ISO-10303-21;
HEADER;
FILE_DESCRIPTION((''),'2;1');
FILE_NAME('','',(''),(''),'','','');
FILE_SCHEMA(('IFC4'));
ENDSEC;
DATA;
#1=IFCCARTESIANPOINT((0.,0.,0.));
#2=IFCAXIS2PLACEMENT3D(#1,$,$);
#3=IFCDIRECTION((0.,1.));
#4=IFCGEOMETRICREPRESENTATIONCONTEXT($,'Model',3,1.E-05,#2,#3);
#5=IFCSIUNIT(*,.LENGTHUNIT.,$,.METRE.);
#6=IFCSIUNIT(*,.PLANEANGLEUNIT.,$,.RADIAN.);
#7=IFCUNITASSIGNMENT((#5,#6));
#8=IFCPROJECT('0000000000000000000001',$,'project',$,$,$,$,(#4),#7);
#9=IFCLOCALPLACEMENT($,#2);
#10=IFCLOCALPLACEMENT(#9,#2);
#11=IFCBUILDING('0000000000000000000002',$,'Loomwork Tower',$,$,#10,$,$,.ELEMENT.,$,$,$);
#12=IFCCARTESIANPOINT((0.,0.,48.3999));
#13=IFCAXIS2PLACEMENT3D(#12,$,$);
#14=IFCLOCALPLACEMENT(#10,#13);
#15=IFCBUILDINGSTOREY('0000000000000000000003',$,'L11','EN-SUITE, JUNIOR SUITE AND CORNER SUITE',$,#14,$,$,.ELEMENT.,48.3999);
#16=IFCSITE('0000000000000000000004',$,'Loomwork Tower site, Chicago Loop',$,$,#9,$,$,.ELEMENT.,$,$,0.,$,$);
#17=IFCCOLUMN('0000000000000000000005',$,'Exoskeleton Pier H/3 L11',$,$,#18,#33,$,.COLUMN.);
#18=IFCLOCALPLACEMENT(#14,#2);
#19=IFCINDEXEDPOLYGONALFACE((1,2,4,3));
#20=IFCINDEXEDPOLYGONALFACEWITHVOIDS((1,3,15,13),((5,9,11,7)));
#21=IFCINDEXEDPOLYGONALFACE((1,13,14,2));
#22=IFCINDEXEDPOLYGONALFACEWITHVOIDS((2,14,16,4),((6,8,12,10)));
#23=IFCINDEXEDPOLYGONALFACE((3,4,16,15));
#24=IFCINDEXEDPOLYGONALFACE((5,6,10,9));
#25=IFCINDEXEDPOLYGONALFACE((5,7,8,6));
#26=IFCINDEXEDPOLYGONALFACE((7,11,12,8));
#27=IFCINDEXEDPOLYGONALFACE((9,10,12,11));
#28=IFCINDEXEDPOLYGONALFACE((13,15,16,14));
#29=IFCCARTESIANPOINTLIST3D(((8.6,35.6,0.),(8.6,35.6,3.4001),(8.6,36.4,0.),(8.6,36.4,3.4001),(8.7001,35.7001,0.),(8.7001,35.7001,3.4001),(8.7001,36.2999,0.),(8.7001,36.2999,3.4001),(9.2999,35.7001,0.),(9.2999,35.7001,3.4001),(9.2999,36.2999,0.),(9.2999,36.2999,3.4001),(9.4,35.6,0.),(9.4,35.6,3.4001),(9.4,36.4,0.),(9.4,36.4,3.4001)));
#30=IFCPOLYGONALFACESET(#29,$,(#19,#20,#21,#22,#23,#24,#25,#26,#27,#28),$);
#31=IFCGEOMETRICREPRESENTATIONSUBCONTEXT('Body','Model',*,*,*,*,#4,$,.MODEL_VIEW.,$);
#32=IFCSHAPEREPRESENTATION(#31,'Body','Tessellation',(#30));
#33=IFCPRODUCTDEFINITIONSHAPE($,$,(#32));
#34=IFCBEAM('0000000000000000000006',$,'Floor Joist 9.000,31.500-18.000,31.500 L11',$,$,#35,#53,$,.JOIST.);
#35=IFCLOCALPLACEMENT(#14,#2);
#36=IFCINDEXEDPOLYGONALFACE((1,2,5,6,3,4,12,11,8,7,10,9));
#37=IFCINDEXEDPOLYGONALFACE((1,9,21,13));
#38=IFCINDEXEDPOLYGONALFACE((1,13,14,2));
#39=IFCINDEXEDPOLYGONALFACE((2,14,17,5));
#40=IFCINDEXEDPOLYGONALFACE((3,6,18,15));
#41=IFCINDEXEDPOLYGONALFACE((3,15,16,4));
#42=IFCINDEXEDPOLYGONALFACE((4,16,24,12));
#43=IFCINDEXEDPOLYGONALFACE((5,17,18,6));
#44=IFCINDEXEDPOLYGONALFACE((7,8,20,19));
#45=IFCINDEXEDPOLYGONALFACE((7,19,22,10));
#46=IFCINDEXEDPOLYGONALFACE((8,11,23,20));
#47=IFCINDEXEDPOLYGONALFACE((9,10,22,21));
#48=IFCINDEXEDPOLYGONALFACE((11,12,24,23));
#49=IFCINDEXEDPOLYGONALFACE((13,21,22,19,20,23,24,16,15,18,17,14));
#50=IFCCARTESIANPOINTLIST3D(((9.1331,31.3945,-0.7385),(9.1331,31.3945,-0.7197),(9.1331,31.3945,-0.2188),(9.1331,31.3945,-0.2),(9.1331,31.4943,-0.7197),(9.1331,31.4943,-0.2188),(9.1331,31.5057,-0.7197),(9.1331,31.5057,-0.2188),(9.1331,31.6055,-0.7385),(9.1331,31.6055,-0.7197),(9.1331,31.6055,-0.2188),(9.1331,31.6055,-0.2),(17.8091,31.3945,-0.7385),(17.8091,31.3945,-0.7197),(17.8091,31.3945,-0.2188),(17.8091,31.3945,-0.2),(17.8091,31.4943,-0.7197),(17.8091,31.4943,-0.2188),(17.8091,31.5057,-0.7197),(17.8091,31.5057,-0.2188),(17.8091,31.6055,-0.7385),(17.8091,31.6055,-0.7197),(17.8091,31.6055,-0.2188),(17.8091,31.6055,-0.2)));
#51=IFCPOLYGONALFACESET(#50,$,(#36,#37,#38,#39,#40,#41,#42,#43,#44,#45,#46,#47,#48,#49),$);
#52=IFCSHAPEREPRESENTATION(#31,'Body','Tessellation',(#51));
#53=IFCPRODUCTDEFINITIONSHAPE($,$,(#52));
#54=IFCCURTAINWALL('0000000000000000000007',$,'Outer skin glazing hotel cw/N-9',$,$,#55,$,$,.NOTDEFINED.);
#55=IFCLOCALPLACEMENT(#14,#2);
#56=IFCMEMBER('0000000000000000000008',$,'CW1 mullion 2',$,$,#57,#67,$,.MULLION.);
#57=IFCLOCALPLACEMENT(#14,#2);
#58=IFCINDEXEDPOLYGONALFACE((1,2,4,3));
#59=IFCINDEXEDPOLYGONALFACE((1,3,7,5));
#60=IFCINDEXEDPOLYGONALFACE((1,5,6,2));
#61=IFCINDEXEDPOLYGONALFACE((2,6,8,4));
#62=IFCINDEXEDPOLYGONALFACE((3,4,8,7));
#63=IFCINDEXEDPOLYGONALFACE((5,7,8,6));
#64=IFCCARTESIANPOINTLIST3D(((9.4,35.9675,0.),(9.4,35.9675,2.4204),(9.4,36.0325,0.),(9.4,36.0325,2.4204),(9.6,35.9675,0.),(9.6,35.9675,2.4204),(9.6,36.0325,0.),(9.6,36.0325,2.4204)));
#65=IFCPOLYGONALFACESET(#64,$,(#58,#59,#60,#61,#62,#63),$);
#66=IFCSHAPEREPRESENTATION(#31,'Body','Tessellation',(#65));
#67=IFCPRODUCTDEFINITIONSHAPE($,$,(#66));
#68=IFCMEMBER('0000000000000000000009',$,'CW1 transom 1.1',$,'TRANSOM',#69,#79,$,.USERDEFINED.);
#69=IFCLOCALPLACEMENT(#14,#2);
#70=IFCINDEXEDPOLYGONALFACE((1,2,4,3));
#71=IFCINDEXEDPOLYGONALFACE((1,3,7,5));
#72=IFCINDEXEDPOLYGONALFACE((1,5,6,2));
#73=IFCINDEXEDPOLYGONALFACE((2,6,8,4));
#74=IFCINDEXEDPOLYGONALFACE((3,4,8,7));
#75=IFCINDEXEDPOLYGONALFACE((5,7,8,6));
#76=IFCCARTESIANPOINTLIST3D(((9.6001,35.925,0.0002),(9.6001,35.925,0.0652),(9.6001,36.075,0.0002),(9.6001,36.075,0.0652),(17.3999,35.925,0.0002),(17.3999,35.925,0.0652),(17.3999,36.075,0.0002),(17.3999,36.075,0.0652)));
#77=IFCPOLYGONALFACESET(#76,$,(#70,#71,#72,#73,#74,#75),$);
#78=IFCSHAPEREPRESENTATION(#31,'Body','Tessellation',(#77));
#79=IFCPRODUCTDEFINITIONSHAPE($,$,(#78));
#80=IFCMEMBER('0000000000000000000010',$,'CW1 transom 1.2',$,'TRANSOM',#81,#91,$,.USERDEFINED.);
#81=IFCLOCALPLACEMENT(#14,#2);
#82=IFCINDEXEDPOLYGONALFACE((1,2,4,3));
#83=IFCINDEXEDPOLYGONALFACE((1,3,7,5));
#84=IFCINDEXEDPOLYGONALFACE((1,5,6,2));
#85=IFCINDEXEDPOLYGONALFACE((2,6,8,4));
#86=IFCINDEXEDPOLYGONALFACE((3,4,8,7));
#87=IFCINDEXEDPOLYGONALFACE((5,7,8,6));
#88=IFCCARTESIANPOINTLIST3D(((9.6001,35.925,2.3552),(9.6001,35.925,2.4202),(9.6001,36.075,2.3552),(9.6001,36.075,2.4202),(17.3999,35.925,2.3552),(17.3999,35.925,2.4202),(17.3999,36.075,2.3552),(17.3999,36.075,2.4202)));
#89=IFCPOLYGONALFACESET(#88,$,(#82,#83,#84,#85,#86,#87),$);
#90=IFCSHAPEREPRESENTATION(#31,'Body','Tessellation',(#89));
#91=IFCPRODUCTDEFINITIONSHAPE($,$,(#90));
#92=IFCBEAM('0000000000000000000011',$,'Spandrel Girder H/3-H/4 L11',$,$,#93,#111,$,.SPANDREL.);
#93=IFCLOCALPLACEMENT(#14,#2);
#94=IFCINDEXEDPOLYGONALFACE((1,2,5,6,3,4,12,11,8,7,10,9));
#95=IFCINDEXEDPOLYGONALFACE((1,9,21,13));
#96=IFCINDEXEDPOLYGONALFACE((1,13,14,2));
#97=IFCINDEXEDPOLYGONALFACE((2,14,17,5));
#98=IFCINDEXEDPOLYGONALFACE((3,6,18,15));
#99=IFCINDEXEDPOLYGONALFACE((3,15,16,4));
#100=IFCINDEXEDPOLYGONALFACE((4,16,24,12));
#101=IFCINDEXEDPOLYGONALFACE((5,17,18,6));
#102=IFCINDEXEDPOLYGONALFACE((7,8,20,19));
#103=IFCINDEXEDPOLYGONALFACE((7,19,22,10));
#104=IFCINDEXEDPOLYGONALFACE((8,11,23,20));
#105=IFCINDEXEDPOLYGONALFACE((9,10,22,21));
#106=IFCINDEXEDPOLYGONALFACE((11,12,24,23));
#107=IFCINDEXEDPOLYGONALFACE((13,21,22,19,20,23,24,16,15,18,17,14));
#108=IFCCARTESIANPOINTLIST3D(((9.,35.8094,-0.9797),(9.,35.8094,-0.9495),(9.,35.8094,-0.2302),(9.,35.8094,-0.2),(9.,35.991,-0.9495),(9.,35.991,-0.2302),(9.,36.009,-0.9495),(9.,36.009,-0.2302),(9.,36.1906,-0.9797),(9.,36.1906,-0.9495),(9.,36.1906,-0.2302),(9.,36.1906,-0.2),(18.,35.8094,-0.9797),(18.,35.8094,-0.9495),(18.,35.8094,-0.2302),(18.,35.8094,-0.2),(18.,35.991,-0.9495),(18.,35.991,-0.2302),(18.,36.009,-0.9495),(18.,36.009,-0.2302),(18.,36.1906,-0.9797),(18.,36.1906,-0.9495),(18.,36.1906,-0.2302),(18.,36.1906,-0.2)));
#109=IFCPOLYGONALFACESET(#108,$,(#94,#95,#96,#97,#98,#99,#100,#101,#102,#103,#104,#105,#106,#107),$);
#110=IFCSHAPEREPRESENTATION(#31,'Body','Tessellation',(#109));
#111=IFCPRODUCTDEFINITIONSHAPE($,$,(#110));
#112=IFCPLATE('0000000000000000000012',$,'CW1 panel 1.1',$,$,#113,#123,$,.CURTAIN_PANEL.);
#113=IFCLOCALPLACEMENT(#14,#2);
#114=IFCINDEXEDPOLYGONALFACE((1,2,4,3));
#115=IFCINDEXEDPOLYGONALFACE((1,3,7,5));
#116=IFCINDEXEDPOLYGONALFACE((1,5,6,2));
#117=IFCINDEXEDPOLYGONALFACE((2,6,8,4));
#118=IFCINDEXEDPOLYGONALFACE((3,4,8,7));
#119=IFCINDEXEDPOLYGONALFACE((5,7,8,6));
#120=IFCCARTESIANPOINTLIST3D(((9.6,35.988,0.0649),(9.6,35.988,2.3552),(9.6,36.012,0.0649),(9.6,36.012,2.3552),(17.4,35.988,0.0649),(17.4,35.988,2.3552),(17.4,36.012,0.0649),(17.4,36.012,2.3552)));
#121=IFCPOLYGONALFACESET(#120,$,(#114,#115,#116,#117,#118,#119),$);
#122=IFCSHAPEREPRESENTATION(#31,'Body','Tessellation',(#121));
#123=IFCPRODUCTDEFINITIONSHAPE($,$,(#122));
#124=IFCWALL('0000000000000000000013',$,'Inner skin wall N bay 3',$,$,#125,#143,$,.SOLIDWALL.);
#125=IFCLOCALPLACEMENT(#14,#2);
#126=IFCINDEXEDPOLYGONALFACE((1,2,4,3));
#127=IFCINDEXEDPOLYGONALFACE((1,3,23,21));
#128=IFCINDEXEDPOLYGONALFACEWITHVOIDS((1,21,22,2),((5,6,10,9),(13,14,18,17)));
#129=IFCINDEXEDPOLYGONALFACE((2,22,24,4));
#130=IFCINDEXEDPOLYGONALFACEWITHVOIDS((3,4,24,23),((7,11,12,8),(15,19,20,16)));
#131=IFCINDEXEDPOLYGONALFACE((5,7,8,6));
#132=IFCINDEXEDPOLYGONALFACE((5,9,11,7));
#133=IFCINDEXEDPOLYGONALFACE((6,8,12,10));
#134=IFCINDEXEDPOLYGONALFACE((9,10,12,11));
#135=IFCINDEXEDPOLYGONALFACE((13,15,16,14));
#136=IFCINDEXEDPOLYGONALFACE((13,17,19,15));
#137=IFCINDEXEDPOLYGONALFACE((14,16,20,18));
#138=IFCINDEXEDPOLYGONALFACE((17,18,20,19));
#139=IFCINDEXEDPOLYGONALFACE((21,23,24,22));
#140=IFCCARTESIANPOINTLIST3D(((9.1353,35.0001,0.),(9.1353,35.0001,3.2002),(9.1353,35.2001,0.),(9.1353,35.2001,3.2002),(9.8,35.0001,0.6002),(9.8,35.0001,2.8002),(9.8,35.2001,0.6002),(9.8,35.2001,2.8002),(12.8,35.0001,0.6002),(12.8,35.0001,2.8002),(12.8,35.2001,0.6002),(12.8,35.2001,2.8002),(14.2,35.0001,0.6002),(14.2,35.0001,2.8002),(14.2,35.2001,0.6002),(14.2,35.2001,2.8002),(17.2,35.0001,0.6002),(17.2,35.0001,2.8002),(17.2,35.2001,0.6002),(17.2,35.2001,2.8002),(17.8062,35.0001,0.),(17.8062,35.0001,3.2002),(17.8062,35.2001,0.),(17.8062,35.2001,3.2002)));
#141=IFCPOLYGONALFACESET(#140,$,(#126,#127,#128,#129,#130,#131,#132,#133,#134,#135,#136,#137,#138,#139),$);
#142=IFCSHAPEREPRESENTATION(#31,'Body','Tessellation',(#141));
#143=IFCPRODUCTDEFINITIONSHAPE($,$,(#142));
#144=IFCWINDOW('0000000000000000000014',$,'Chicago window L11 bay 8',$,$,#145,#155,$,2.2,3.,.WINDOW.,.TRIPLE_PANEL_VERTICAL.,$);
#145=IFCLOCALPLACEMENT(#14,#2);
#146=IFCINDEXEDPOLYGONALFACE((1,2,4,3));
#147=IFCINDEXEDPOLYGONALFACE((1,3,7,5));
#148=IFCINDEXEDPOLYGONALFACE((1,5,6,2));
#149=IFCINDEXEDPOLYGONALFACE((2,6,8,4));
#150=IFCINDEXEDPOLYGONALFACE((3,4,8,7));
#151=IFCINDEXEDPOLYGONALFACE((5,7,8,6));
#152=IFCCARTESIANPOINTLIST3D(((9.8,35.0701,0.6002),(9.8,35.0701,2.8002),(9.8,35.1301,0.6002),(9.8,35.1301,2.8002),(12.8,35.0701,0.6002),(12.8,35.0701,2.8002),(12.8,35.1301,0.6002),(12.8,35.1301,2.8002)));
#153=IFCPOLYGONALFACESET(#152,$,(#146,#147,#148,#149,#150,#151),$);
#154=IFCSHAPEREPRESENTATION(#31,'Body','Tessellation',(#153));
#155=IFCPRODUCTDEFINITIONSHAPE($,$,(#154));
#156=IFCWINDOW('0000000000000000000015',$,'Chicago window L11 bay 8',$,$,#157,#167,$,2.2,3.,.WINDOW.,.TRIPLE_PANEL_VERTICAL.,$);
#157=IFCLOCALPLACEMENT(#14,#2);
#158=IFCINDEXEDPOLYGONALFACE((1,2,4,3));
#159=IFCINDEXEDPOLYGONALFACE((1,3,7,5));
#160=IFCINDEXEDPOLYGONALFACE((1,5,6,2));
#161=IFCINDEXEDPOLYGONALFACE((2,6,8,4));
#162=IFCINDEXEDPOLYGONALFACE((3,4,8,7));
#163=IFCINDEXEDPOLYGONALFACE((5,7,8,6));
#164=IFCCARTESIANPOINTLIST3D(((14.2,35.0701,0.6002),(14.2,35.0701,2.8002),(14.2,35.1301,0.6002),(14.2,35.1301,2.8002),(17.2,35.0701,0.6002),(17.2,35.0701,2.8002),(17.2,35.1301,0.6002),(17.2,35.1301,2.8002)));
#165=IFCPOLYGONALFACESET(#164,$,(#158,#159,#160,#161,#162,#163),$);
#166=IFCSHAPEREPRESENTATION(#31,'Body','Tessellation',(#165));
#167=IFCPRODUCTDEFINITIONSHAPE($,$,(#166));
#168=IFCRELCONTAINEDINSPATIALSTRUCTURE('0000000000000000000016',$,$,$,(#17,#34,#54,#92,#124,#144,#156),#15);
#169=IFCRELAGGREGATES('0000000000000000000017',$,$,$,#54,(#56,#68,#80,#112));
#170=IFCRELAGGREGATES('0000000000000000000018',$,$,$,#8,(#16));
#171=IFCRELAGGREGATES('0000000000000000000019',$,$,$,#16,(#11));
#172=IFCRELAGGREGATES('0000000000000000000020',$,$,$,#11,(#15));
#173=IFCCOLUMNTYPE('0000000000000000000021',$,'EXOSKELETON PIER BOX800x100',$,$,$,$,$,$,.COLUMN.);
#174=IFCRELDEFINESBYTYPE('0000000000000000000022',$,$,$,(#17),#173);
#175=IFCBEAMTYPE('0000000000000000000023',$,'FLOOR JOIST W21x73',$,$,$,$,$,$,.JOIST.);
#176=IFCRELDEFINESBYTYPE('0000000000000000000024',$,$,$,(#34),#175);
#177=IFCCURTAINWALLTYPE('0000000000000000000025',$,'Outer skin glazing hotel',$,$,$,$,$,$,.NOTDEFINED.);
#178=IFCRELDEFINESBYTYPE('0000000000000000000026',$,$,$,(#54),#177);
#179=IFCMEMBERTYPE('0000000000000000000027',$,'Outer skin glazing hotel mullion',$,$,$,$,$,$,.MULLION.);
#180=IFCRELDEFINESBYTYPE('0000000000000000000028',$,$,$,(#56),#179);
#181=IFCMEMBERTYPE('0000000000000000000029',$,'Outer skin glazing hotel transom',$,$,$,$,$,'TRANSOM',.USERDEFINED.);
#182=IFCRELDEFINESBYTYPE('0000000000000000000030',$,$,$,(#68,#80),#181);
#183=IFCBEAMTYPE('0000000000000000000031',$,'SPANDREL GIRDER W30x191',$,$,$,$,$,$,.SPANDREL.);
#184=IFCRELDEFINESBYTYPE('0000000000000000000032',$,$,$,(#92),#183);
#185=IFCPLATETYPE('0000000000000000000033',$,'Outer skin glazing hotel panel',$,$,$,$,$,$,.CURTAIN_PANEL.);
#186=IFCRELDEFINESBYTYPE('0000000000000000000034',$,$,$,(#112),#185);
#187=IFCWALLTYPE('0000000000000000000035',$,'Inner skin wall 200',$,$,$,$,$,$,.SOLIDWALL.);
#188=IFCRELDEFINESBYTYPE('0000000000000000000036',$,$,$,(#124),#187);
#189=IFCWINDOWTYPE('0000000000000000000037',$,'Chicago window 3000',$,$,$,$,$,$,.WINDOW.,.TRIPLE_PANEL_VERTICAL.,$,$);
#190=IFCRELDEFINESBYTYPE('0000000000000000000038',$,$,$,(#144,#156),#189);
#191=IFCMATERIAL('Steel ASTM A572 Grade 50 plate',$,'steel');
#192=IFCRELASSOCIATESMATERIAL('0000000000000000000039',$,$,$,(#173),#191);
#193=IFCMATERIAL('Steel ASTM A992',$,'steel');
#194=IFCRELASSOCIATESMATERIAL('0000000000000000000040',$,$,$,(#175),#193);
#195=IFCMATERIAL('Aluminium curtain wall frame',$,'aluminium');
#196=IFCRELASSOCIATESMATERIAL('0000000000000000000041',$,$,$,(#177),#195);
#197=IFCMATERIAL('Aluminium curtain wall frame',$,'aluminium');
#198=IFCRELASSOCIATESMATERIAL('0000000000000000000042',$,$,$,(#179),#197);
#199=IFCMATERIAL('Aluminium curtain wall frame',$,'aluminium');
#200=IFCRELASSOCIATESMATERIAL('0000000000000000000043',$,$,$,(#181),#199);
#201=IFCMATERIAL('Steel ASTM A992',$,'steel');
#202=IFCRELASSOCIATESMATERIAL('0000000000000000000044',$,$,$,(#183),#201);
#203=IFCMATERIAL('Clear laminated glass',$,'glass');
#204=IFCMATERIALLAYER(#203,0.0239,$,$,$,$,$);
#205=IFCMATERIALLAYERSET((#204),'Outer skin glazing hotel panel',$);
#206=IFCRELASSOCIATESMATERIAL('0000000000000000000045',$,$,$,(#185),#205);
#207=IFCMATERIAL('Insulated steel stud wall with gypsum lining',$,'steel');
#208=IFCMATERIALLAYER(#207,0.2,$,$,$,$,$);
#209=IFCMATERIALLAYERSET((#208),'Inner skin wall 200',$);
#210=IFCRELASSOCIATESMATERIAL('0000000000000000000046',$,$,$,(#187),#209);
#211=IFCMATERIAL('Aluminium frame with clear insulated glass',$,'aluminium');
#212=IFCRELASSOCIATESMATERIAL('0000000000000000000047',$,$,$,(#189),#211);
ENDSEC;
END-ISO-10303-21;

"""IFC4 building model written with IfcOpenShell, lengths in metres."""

from ifc_helpers import new_model, si_unit, direction, frame, frame_2d, origin, origin_2d, place, context, subcontext, project, spatial, rectangle, hollow_rectangle, i_section, extrude, material, layer, layer_set, material_profile, profile_set, type_object, element, fill, aggregate, save


model = new_model("IFC4")

# Units and contexts
model_context = context("Model", 3, precision=1e-05, world=origin(), true_north=direction((0.0, 1.0)))
body_context = subcontext(model_context, "Body", "Model", "MODEL_VIEW")
ifc_project = project(units=[si_unit("LENGTHUNIT", "METRE"), si_unit("PLANEANGLEUNIT", "RADIAN")], contexts=[model_context])

# Site, building, storey
site_placement = place(None, origin())
site = spatial("IfcSite", under=ifc_project, at=site_placement, Name="Loomwork Tower site, Chicago Loop", CompositionType="ELEMENT", RefElevation=0.0)
building_placement = place(site_placement, origin())
building = spatial("IfcBuilding", under=site, at=building_placement, Name="Loomwork Tower", CompositionType="ELEMENT")
storey_placement = place(building_placement, frame((0.0, 0.0, 48.3999)))
storey = spatial("IfcBuildingStorey", under=building, at=storey_placement, Name="L11", Description="EN-SUITE, JUNIOR SUITE AND CORNER SUITE", CompositionType="ELEMENT", Elevation=48.3999)

# Column
ifc_material_1 = material(Name="Steel ASTM A572 Grade 50 plate", Category="steel")
ifc_material_profile_1 = material_profile(ifc_material_1, hollow_rectangle(XDim=0.8, YDim=0.8, WallThickness=0.1001, at=origin_2d()), Name="BOX800x100")
ifc_profile_set_1 = profile_set([ifc_material_profile_1], Name="Steel ASTM A572 Grade 50 plate")
column_type = type_object("IfcColumnType", Name="EXOSKELETON PIER BOX800x100", PredefinedType="COLUMN", material=ifc_profile_set_1)
column_placement = place(storey_placement, frame((9.0, 36.0, 0.0), z_axis=(0.0, 0.0, 1.0), x_axis=(1.0, 0.0, 0.0)))
element("IfcColumn", 1, at=column_placement, inside=storey, type_object=column_type, Name="Exoskeleton Pier H/3 L11", PredefinedType="COLUMN", context=body_context, shape_type="SweptSolid", body=[
    extrude(hollow_rectangle(XDim=0.8, YDim=0.8, WallThickness=0.1001, at=origin_2d()), origin(), (0.0, 0.0, 1.0), 3.4001),
])

# Beam
ifc_material_2 = material(Name="Steel ASTM A992", Category="steel")
ifc_material_profile_2 = material_profile(ifc_material_2, i_section(OverallWidth=0.2109, OverallDepth=0.5386, WebThickness=0.0115, FlangeThickness=0.0188, at=origin_2d()), Name="W21x73")
ifc_profile_set_2 = profile_set([ifc_material_profile_2], Name="Steel ASTM A992")
beam_type_1 = type_object("IfcBeamType", Name="FLOOR JOIST W21x73", PredefinedType="JOIST", material=ifc_profile_set_2)
beam_1_placement = place(storey_placement, frame((9.1331, 31.5, -0.4692), z_axis=(1.0, 0.0, 0.0), x_axis=(0.0, 1.0, 0.0)))
element("IfcBeam", 2, at=beam_1_placement, inside=storey, type_object=beam_type_1, Name="Floor Joist 9.000,31.500-18.000,31.500 L11", PredefinedType="JOIST", context=body_context, shape_type="SweptSolid", body=[
    extrude(i_section(OverallWidth=0.2109, OverallDepth=0.5386, WebThickness=0.0115, FlangeThickness=0.0188, at=origin_2d()), origin(), (0.0, 0.0, 1.0), 8.676),
])

# Curtain wall, members
ifc_material_3 = material(Name="Aluminium curtain wall frame", Category="aluminium")
curtain_wall_type = type_object("IfcCurtainWallType", Name="Outer skin glazing hotel", PredefinedType="NOTDEFINED", material=ifc_material_3)
curtain_wall_placement = place(storey_placement, origin())
curtain_wall = element("IfcCurtainWall", 3, at=curtain_wall_placement, inside=storey, type_object=curtain_wall_type, Name="Outer skin glazing hotel cw/N-9", PredefinedType="NOTDEFINED")
ifc_material_4 = material(Name="Aluminium curtain wall frame", Category="aluminium")
ifc_material_profile_3 = material_profile(ifc_material_4, rectangle(XDim=0.0649, YDim=0.2, at=origin_2d()), Name="AL 65x200")
ifc_profile_set_3 = profile_set([ifc_material_profile_3], Name="Aluminium curtain wall frame")
member_type_1 = type_object("IfcMemberType", Name="Outer skin glazing hotel mullion", PredefinedType="MULLION", material=ifc_profile_set_3)
member_1_placement = place(storey_placement, frame((9.5, 36.0, 0.0), z_axis=(0.0, 0.0, 1.0), x_axis=(0.0, -1.0, 0.0)))
member_1 = element("IfcMember", 4, at=member_1_placement, type_object=member_type_1, Name="CW1 mullion 2", PredefinedType="MULLION", context=body_context, shape_type="SweptSolid", body=[
    extrude(rectangle(XDim=0.0649, YDim=0.2, at=origin_2d()), origin(), (0.0, 0.0, 1.0), 2.4204),
])
ifc_material_5 = material(Name="Aluminium curtain wall frame", Category="aluminium")
ifc_material_profile_4 = material_profile(ifc_material_5, rectangle(XDim=0.1499, YDim=0.0649, at=origin_2d()), Name="AL 65x150")
ifc_profile_set_4 = profile_set([ifc_material_profile_4], Name="Aluminium curtain wall frame")
member_type_2 = type_object("IfcMemberType", Name="Outer skin glazing hotel transom", ElementType="TRANSOM", PredefinedType="USERDEFINED", material=ifc_profile_set_4)
member_2_placement = place(storey_placement, frame((17.3999, 36.0, 0.0327), z_axis=(-1.0, 0.0, 0.0), x_axis=(0.0, -1.0, 0.0)))
member_2 = element("IfcMember", 5, at=member_2_placement, type_object=member_type_2, Name="CW1 transom 1.1", ObjectType="TRANSOM", PredefinedType="USERDEFINED", context=body_context, shape_type="SweptSolid", body=[
    extrude(rectangle(XDim=0.1499, YDim=0.0649, at=origin_2d()), origin(), (0.0, 0.0, 1.0), 7.7998),
])
member_3_placement = place(storey_placement, frame((17.3999, 36.0, 2.3877), z_axis=(-1.0, 0.0, 0.0), x_axis=(0.0, -1.0, 0.0)))
member_3 = element("IfcMember", 6, at=member_3_placement, type_object=member_type_2, Name="CW1 transom 1.2", ObjectType="TRANSOM", PredefinedType="USERDEFINED", context=body_context, shape_type="SweptSolid", body=[
    extrude(rectangle(XDim=0.1499, YDim=0.0649, at=origin_2d()), origin(), (0.0, 0.0, 1.0), 7.7998),
])

# Beam
ifc_material_6 = material(Name="Steel ASTM A992", Category="steel")
ifc_material_profile_5 = material_profile(ifc_material_6, i_section(OverallWidth=0.3811, OverallDepth=0.7798, WebThickness=0.0181, FlangeThickness=0.0303, at=origin_2d()), Name="W30x191")
ifc_profile_set_5 = profile_set([ifc_material_profile_5], Name="Steel ASTM A992")
beam_type_2 = type_object("IfcBeamType", Name="SPANDREL GIRDER W30x191", PredefinedType="SPANDREL", material=ifc_profile_set_5)
beam_2_placement = place(storey_placement, frame((9.0, 36.0, -0.5898), z_axis=(1.0, 0.0, 0.0), x_axis=(0.0, 1.0, 0.0)))
element("IfcBeam", 7, at=beam_2_placement, inside=storey, type_object=beam_type_2, Name="Spandrel Girder H/3-H/4 L11", PredefinedType="SPANDREL", context=body_context, shape_type="SweptSolid", body=[
    extrude(i_section(OverallWidth=0.3811, OverallDepth=0.7798, WebThickness=0.0181, FlangeThickness=0.0303, at=origin_2d()), origin(), (0.0, 0.0, 1.0), 9.0),
])

# Plate
ifc_material_7 = material(Name="Clear laminated glass", Category="glass")
ifc_layer_1 = layer(ifc_material_7, 0.0239)
ifc_layer_set_1 = layer_set([ifc_layer_1], Name="Outer skin glazing hotel panel")
plate_type = type_object("IfcPlateType", Name="Outer skin glazing hotel panel", PredefinedType="CURTAIN_PANEL", material=ifc_layer_set_1)
plate_placement = place(storey_placement, frame((13.5, 36.0, 0.0649), z_axis=(0.0, 0.0, 1.0), x_axis=(-1.0, 0.0, 0.0)))
plate = element("IfcPlate", 8, at=plate_placement, type_object=plate_type, Name="CW1 panel 1.1", PredefinedType="CURTAIN_PANEL", context=body_context, shape_type="SweptSolid", body=[
    extrude(rectangle(XDim=7.8, YDim=0.0239, at=origin_2d()), origin(), (0.0, 0.0, 1.0), 2.2903),
])
aggregate(curtain_wall, [member_1, member_2, member_3, plate])

# Wall, openings, windows
ifc_material_8 = material(Name="Insulated steel stud wall with gypsum lining", Category="steel")
ifc_layer_2 = layer(ifc_material_8, 0.2)
ifc_layer_set_2 = layer_set([ifc_layer_2], Name="Inner skin wall 200")
wall_type = type_object("IfcWallType", Name="Inner skin wall 200", PredefinedType="SOLIDWALL", material=ifc_layer_set_2)
wall_placement = place(storey_placement, frame((9.1353, 35.1001, 0.0), z_axis=(0.0, 0.0, 1.0), x_axis=(1.0, 0.0, 0.0)))
wall = element("IfcWall", 9, at=wall_placement, inside=storey, type_object=wall_type, Name="Inner skin wall N bay 3", PredefinedType="SOLIDWALL", context=body_context, shape_type="SweptSolid", body=[
    extrude(rectangle(XDim=8.6709, YDim=0.2, at=frame_2d((4.3354, 0.0))), origin(), (0.0, 0.0, 1.0), 3.2002),
])
opening_1_placement = place(wall_placement, frame((0.6648, 0.0, 0.6001)))
opening_1 = element("IfcOpeningElement", 10, at=opening_1_placement, cuts=wall, PredefinedType="OPENING", context=body_context, shape_type="SweptSolid", body=[
    extrude(rectangle(XDim=3.0, YDim=2.2, at=frame_2d((1.5, 1.1001))), frame((0.0, 0.1099, 0.0), z_axis=(0.0, -1.0, 0.0), x_axis=(1.0, 0.0, 0.0)), (0.0, 0.0, 1.0), 0.22),
])
opening_2_placement = place(wall_placement, frame((5.0647, 0.0, 0.6001)))
opening_2 = element("IfcOpeningElement", 11, at=opening_2_placement, cuts=wall, PredefinedType="OPENING", context=body_context, shape_type="SweptSolid", body=[
    extrude(rectangle(XDim=3.0, YDim=2.2, at=frame_2d((1.5, 1.1001))), frame((0.0, 0.1099, 0.0), z_axis=(0.0, -1.0, 0.0), x_axis=(1.0, 0.0, 0.0)), (0.0, 0.0, 1.0), 0.22),
])
ifc_material_9 = material(Name="Aluminium frame with clear insulated glass", Category="aluminium")
window_type = type_object("IfcWindowType", Name="Chicago window 3000", PartitioningType="TRIPLE_PANEL_VERTICAL", PredefinedType="WINDOW", material=ifc_material_9)
window_1_placement = place(opening_1_placement, origin())
window_1 = element("IfcWindow", 12, at=window_1_placement, inside=storey, type_object=window_type, Name="Chicago window L11 bay 8", OverallHeight=2.2, OverallWidth=3.0, PartitioningType="TRIPLE_PANEL_VERTICAL", PredefinedType="WINDOW", context=body_context, shape_type="SweptSolid", body=[
    extrude(rectangle(XDim=3.0, YDim=2.2, at=frame_2d((1.5, 1.1001))), frame((0.0, 0.03, 0.0), z_axis=(0.0, -1.0, 0.0), x_axis=(1.0, 0.0, 0.0)), (0.0, 0.0, 1.0), 0.0601),
])
fill(opening_1, window_1)
window_2_placement = place(opening_2_placement, origin())
window_2 = element("IfcWindow", 13, at=window_2_placement, inside=storey, type_object=window_type, Name="Chicago window L11 bay 8", OverallHeight=2.2, OverallWidth=3.0, PartitioningType="TRIPLE_PANEL_VERTICAL", PredefinedType="WINDOW", context=body_context, shape_type="SweptSolid", body=[
    extrude(rectangle(XDim=3.0, YDim=2.2, at=frame_2d((1.5, 1.1001))), frame((0.0, 0.03, 0.0), z_axis=(0.0, -1.0, 0.0), x_axis=(1.0, 0.0, 0.0)), (0.0, 0.0, 1.0), 0.0601),
])
fill(opening_2, window_2)

save(model, "model.ifc")
